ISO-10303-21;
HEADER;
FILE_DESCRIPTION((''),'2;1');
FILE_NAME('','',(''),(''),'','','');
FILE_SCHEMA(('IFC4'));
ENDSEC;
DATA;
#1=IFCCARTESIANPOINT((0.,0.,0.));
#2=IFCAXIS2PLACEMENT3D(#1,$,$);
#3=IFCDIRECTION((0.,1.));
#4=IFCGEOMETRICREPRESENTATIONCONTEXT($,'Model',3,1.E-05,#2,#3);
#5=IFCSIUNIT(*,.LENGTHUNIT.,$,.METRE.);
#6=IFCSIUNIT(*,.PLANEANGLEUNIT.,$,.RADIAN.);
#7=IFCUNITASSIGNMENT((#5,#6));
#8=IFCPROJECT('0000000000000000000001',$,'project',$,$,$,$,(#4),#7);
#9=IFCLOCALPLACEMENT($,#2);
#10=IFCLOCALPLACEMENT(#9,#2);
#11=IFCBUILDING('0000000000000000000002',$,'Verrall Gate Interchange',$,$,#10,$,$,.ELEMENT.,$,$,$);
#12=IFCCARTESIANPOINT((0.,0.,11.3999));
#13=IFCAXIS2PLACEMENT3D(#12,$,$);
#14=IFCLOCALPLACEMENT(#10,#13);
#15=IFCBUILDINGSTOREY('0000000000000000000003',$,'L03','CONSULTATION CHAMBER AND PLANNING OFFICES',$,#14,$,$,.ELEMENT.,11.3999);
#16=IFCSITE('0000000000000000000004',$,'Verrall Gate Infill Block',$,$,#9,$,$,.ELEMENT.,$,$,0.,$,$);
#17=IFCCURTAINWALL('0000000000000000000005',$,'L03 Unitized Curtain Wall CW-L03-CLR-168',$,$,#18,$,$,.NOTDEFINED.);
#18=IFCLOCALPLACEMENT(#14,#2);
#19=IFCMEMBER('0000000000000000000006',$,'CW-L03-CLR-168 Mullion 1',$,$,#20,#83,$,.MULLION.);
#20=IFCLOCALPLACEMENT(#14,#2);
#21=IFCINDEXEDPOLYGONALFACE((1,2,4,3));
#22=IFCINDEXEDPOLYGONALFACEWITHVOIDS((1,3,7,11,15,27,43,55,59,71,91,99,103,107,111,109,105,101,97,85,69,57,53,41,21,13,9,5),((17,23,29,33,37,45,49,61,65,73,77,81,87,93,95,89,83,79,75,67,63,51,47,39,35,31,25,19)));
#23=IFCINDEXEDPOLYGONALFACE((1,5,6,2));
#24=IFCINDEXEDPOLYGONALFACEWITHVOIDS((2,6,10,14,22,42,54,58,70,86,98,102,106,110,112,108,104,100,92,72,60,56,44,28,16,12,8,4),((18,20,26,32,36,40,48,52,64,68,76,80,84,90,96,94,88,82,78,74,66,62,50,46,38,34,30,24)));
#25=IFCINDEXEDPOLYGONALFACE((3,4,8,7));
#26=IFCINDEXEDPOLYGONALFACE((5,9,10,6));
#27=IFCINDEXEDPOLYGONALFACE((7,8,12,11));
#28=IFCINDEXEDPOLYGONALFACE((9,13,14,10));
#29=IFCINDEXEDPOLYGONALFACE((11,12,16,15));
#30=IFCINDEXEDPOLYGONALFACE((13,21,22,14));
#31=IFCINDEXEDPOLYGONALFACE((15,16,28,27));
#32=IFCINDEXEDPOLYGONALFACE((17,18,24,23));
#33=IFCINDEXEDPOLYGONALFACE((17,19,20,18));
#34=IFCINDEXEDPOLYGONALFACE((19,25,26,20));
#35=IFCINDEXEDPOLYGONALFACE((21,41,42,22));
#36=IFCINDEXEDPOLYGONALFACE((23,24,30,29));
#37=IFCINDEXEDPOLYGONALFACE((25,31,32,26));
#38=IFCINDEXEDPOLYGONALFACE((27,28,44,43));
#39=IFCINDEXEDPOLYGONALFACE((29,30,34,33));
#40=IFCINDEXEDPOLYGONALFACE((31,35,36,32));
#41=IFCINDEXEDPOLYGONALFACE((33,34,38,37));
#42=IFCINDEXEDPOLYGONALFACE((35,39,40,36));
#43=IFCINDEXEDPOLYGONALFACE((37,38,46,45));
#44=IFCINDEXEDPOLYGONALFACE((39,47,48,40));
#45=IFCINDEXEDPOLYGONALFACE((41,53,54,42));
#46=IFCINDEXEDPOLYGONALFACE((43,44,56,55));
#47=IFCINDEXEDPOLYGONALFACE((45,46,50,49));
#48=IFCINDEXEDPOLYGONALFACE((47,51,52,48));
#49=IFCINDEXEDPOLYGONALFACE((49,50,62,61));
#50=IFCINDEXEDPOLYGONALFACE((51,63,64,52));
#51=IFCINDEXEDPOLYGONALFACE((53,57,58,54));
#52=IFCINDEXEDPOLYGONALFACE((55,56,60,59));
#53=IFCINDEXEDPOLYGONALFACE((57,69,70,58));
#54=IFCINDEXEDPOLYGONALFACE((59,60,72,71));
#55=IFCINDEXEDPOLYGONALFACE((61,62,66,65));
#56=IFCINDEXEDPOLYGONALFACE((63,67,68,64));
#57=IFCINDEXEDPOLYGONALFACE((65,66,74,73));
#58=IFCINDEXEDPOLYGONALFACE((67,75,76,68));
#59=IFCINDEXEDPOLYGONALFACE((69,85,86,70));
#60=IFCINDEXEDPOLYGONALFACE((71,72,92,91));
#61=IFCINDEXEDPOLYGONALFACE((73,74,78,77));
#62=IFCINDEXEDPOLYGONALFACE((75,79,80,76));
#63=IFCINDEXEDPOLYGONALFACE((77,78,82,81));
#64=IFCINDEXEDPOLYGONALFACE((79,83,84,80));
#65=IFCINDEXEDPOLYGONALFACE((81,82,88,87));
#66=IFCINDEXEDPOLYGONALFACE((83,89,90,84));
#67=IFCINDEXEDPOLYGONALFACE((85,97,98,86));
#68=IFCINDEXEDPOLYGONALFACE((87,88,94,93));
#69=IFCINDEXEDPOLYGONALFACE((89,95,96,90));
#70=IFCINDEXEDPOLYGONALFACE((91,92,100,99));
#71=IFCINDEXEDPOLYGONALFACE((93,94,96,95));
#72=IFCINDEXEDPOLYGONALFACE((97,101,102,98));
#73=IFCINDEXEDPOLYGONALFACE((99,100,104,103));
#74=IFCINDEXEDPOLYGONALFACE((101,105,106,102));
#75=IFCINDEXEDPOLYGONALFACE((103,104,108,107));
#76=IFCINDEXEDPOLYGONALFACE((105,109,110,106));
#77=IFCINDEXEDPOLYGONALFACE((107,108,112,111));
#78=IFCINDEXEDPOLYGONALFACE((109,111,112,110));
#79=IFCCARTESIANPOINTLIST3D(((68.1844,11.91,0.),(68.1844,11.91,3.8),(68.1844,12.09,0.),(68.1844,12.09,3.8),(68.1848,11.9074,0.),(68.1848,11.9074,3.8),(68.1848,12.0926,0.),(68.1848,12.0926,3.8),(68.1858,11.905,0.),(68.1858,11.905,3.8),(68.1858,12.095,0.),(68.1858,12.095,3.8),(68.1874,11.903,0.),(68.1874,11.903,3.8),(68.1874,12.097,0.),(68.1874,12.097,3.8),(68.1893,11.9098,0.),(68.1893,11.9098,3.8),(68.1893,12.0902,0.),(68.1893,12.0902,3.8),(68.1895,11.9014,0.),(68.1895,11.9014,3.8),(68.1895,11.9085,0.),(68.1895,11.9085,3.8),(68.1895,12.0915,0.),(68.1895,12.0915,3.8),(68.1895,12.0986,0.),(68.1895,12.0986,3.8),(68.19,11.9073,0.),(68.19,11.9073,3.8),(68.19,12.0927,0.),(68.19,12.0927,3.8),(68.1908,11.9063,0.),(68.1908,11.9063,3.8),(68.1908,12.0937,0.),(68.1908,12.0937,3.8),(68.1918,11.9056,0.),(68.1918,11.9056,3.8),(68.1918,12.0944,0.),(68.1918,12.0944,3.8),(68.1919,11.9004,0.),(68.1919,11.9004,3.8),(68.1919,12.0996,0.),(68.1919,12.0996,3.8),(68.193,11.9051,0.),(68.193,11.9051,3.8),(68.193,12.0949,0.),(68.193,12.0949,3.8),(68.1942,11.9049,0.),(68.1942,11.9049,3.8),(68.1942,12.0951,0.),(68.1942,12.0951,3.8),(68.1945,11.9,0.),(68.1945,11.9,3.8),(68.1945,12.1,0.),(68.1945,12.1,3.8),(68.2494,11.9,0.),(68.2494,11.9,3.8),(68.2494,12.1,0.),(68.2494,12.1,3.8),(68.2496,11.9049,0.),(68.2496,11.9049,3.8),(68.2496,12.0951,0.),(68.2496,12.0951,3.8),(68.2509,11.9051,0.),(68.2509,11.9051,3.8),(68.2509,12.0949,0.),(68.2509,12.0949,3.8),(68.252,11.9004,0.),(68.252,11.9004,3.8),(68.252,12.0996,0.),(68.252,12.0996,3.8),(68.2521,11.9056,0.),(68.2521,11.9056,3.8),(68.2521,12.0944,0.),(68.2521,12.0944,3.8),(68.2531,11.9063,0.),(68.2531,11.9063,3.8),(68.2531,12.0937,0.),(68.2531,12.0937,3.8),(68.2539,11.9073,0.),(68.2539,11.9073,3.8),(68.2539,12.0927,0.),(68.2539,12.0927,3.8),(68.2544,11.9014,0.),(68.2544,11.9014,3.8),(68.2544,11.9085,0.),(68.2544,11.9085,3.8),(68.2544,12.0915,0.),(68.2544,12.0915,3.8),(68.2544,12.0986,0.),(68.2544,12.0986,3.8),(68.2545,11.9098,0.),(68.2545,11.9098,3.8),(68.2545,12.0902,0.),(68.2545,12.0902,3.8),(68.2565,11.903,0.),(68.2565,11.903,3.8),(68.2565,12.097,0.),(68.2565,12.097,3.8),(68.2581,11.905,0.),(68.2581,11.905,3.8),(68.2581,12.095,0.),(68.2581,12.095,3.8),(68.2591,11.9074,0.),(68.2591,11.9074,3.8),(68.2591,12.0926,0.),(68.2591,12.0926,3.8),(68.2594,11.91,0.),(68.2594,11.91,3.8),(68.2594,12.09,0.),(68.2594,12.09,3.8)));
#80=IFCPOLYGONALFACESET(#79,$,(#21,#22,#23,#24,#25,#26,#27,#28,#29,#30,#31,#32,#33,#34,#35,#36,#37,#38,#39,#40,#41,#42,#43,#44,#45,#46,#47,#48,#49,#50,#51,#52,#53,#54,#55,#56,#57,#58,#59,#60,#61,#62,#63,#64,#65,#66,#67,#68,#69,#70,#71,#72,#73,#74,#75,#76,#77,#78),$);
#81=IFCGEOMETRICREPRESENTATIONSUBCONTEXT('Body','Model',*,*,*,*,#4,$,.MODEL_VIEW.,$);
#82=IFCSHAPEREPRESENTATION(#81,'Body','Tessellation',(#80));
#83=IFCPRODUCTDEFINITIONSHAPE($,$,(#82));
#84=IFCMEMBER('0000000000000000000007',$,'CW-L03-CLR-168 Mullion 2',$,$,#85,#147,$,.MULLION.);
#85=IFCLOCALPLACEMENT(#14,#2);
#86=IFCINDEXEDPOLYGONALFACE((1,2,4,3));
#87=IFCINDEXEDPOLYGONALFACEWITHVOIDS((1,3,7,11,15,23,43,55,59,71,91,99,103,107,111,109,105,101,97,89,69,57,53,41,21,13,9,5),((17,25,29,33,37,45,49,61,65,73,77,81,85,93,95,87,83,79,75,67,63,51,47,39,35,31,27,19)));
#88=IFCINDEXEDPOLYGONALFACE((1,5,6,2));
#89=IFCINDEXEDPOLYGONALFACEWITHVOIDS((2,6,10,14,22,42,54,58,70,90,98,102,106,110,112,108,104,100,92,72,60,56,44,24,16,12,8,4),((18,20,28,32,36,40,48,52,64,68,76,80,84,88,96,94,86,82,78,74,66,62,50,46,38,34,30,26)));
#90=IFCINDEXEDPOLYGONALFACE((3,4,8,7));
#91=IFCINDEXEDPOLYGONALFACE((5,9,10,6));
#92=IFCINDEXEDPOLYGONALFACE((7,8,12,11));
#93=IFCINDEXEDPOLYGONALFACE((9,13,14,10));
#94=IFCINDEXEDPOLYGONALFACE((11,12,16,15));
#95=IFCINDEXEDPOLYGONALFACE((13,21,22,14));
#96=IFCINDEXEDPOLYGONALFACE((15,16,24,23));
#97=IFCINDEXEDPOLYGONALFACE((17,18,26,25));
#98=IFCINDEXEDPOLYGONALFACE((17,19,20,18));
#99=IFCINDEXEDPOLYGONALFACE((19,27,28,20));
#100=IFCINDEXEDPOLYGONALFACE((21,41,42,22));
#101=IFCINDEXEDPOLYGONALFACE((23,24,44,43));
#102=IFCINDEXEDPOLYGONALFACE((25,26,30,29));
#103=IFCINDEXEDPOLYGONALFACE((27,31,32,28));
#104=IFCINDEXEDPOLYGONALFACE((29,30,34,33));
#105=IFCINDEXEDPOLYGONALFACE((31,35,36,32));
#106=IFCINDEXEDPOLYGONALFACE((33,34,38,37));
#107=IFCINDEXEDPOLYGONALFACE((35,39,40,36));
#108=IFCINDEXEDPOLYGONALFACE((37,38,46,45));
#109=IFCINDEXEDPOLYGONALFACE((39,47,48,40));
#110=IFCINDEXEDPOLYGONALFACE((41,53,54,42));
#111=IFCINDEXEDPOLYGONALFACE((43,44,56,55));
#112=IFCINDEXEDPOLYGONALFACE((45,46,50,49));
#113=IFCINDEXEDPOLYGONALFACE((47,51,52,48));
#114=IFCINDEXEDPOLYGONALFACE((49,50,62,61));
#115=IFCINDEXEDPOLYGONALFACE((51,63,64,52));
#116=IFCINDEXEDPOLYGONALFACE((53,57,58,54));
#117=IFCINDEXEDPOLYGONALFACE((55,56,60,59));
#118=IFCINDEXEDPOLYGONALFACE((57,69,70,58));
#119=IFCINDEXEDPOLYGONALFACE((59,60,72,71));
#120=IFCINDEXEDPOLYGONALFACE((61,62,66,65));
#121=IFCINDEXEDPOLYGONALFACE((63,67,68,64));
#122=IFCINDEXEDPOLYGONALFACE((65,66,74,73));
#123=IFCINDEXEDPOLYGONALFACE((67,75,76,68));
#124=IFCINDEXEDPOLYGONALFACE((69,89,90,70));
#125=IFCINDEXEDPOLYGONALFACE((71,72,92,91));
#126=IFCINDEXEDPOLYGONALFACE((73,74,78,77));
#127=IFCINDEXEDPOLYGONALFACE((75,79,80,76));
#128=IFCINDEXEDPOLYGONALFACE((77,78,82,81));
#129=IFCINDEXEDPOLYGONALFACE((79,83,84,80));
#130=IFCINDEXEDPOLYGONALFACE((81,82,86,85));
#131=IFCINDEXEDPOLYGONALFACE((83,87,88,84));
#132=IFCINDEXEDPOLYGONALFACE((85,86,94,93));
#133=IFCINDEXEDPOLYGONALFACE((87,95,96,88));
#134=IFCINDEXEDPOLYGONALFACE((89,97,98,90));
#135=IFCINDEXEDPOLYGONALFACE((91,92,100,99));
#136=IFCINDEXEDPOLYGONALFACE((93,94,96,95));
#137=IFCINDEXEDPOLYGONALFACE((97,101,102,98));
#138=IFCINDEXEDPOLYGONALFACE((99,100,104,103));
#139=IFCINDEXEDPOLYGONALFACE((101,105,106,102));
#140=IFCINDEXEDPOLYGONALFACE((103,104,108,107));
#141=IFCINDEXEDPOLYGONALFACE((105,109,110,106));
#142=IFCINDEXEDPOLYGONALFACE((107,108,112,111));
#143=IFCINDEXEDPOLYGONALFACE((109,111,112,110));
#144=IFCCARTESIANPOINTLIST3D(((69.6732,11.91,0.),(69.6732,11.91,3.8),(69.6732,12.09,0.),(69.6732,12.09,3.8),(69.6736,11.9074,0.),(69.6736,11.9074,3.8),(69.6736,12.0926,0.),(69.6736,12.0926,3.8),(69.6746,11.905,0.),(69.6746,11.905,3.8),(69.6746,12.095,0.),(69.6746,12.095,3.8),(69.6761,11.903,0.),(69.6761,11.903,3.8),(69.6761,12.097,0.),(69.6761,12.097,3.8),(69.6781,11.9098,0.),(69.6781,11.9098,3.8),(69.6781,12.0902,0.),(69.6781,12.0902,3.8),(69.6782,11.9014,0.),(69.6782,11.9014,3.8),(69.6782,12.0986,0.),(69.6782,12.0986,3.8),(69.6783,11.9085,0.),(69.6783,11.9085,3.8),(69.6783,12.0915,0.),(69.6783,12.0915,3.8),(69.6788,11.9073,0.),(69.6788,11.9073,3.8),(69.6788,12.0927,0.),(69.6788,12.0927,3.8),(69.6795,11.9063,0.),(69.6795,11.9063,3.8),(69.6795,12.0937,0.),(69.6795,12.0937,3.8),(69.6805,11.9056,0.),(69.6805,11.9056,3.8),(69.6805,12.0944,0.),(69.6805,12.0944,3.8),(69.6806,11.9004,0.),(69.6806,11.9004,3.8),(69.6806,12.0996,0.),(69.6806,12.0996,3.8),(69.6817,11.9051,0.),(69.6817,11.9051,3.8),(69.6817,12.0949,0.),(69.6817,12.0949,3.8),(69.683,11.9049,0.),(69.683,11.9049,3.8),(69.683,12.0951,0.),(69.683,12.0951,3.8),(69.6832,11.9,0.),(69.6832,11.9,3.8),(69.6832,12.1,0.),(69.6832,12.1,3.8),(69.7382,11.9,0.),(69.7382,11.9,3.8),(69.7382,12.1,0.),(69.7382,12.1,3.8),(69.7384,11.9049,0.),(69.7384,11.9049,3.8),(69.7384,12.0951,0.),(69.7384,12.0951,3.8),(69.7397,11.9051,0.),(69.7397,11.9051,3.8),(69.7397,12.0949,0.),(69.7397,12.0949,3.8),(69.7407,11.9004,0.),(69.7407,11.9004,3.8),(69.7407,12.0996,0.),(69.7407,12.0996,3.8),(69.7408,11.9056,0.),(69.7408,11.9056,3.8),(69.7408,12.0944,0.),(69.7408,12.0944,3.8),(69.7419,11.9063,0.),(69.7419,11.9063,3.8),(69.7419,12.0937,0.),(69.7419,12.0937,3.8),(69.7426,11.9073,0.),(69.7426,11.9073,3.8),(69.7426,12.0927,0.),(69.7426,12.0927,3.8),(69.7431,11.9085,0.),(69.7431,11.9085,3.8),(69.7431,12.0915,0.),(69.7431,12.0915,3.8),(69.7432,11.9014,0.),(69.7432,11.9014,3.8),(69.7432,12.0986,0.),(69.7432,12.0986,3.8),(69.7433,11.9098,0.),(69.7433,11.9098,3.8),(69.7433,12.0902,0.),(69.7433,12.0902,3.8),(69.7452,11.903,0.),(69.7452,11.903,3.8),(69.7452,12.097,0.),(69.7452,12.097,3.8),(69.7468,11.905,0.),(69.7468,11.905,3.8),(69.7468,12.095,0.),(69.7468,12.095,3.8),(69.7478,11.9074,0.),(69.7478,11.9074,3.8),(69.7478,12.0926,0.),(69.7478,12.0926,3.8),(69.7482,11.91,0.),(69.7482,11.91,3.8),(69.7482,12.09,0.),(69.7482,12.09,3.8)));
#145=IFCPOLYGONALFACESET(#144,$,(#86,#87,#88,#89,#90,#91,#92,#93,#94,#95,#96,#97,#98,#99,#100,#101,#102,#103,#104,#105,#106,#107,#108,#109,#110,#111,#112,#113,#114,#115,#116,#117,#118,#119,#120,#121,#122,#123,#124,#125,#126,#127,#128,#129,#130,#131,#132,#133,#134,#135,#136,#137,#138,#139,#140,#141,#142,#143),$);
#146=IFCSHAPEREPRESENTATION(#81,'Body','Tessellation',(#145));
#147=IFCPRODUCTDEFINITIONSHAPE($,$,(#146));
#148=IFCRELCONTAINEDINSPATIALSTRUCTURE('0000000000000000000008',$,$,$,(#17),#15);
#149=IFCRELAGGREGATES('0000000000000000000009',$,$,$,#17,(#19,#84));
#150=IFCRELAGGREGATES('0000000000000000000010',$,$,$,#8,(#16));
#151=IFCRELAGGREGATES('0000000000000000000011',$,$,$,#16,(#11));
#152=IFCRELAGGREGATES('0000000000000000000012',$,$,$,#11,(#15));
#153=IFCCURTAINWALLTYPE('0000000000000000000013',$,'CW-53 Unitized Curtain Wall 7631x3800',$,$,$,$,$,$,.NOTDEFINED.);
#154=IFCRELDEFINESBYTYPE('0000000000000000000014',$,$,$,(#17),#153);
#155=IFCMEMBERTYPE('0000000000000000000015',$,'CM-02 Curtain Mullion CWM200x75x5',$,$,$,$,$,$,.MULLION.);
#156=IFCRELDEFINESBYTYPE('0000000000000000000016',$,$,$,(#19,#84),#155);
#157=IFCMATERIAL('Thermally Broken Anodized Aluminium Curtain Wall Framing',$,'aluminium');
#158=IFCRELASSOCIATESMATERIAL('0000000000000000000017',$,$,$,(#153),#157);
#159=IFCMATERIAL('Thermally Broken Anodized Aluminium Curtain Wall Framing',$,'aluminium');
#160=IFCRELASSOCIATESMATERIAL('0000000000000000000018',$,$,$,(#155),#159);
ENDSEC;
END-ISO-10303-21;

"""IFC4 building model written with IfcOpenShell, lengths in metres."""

from ifc_helpers import new_model, si_unit, direction, frame, origin, origin_2d, place, context, subcontext, project, spatial, hollow_rectangle, extrude, material, material_profile, profile_set, type_object, element, aggregate, save


model = new_model("IFC4")

# Units and contexts
model_context = context("Model", 3, precision=1e-05, world=origin(), true_north=direction((0.0, 1.0)))
body_context = subcontext(model_context, "Body", "Model", "MODEL_VIEW")
ifc_project = project(units=[si_unit("LENGTHUNIT", "METRE"), si_unit("PLANEANGLEUNIT", "RADIAN")], contexts=[model_context])

# Site, building, storey
site_placement = place(None, origin())
site = spatial("IfcSite", under=ifc_project, at=site_placement, Name="Verrall Gate Infill Block", CompositionType="ELEMENT", RefElevation=0.0)
building_placement = place(site_placement, origin())
building = spatial("IfcBuilding", under=site, at=building_placement, Name="Verrall Gate Interchange", CompositionType="ELEMENT")
storey_placement = place(building_placement, frame((0.0, 0.0, 11.3999)))
storey = spatial("IfcBuildingStorey", under=building, at=storey_placement, Name="L03", Description="CONSULTATION CHAMBER AND PLANNING OFFICES", CompositionType="ELEMENT", Elevation=11.3999)

# Curtain wall, members
ifc_material_1 = material(Name="Thermally Broken Anodized Aluminium Curtain Wall Framing", Category="aluminium")
curtain_wall_type = type_object("IfcCurtainWallType", Name="CW-53 Unitized Curtain Wall 7631x3800", PredefinedType="NOTDEFINED", material=ifc_material_1)
curtain_wall_placement = place(storey_placement, origin())
curtain_wall = element("IfcCurtainWall", 1, at=curtain_wall_placement, inside=storey, type_object=curtain_wall_type, Name="L03 Unitized Curtain Wall CW-L03-CLR-168", PredefinedType="NOTDEFINED")
ifc_material_2 = material(Name="Thermally Broken Anodized Aluminium Curtain Wall Framing", Category="aluminium")
ifc_material_profile_1 = material_profile(ifc_material_2, hollow_rectangle(XDim=0.075, YDim=0.2, WallThickness=0.0049, InnerFilletRadius=0.0049, OuterFilletRadius=0.01, at=origin_2d()), Name="CWM200x75x5")
ifc_profile_set_1 = profile_set([ifc_material_profile_1], Name="Thermally Broken Anodized Aluminium Curtain Wall Framing")
member_type_1 = type_object("IfcMemberType", Name="CM-02 Curtain Mullion CWM200x75x5", PredefinedType="MULLION", material=ifc_profile_set_1)
member_1_placement = place(storey_placement, frame((68.2219, 12.0, 0.0), z_axis=(0.0, 0.0, 1.0), x_axis=(1.0, 0.0, 0.0)))
member_1 = element("IfcMember", 2, at=member_1_placement, type_object=member_type_1, Name="CW-L03-CLR-168 Mullion 1", PredefinedType="MULLION", context=body_context, shape_type="SweptSolid", body=[
    extrude(hollow_rectangle(XDim=0.075, YDim=0.2, WallThickness=0.0049, InnerFilletRadius=0.0049, OuterFilletRadius=0.01, at=origin_2d()), origin(), (0.0, 0.0, 1.0), 3.8),
])
member_2_placement = place(storey_placement, frame((69.7107, 12.0, 0.0), z_axis=(0.0, 0.0, 1.0), x_axis=(1.0, 0.0, 0.0)))
member_2 = element("IfcMember", 3, at=member_2_placement, type_object=member_type_1, Name="CW-L03-CLR-168 Mullion 2", PredefinedType="MULLION", context=body_context, shape_type="SweptSolid", body=[
    extrude(hollow_rectangle(XDim=0.075, YDim=0.2, WallThickness=0.0049, InnerFilletRadius=0.0049, OuterFilletRadius=0.01, at=origin_2d()), origin(), (0.0, 0.0, 1.0), 3.8),
])

aggregate(curtain_wall, [member_1, member_2])

save(model, "model.ifc")
